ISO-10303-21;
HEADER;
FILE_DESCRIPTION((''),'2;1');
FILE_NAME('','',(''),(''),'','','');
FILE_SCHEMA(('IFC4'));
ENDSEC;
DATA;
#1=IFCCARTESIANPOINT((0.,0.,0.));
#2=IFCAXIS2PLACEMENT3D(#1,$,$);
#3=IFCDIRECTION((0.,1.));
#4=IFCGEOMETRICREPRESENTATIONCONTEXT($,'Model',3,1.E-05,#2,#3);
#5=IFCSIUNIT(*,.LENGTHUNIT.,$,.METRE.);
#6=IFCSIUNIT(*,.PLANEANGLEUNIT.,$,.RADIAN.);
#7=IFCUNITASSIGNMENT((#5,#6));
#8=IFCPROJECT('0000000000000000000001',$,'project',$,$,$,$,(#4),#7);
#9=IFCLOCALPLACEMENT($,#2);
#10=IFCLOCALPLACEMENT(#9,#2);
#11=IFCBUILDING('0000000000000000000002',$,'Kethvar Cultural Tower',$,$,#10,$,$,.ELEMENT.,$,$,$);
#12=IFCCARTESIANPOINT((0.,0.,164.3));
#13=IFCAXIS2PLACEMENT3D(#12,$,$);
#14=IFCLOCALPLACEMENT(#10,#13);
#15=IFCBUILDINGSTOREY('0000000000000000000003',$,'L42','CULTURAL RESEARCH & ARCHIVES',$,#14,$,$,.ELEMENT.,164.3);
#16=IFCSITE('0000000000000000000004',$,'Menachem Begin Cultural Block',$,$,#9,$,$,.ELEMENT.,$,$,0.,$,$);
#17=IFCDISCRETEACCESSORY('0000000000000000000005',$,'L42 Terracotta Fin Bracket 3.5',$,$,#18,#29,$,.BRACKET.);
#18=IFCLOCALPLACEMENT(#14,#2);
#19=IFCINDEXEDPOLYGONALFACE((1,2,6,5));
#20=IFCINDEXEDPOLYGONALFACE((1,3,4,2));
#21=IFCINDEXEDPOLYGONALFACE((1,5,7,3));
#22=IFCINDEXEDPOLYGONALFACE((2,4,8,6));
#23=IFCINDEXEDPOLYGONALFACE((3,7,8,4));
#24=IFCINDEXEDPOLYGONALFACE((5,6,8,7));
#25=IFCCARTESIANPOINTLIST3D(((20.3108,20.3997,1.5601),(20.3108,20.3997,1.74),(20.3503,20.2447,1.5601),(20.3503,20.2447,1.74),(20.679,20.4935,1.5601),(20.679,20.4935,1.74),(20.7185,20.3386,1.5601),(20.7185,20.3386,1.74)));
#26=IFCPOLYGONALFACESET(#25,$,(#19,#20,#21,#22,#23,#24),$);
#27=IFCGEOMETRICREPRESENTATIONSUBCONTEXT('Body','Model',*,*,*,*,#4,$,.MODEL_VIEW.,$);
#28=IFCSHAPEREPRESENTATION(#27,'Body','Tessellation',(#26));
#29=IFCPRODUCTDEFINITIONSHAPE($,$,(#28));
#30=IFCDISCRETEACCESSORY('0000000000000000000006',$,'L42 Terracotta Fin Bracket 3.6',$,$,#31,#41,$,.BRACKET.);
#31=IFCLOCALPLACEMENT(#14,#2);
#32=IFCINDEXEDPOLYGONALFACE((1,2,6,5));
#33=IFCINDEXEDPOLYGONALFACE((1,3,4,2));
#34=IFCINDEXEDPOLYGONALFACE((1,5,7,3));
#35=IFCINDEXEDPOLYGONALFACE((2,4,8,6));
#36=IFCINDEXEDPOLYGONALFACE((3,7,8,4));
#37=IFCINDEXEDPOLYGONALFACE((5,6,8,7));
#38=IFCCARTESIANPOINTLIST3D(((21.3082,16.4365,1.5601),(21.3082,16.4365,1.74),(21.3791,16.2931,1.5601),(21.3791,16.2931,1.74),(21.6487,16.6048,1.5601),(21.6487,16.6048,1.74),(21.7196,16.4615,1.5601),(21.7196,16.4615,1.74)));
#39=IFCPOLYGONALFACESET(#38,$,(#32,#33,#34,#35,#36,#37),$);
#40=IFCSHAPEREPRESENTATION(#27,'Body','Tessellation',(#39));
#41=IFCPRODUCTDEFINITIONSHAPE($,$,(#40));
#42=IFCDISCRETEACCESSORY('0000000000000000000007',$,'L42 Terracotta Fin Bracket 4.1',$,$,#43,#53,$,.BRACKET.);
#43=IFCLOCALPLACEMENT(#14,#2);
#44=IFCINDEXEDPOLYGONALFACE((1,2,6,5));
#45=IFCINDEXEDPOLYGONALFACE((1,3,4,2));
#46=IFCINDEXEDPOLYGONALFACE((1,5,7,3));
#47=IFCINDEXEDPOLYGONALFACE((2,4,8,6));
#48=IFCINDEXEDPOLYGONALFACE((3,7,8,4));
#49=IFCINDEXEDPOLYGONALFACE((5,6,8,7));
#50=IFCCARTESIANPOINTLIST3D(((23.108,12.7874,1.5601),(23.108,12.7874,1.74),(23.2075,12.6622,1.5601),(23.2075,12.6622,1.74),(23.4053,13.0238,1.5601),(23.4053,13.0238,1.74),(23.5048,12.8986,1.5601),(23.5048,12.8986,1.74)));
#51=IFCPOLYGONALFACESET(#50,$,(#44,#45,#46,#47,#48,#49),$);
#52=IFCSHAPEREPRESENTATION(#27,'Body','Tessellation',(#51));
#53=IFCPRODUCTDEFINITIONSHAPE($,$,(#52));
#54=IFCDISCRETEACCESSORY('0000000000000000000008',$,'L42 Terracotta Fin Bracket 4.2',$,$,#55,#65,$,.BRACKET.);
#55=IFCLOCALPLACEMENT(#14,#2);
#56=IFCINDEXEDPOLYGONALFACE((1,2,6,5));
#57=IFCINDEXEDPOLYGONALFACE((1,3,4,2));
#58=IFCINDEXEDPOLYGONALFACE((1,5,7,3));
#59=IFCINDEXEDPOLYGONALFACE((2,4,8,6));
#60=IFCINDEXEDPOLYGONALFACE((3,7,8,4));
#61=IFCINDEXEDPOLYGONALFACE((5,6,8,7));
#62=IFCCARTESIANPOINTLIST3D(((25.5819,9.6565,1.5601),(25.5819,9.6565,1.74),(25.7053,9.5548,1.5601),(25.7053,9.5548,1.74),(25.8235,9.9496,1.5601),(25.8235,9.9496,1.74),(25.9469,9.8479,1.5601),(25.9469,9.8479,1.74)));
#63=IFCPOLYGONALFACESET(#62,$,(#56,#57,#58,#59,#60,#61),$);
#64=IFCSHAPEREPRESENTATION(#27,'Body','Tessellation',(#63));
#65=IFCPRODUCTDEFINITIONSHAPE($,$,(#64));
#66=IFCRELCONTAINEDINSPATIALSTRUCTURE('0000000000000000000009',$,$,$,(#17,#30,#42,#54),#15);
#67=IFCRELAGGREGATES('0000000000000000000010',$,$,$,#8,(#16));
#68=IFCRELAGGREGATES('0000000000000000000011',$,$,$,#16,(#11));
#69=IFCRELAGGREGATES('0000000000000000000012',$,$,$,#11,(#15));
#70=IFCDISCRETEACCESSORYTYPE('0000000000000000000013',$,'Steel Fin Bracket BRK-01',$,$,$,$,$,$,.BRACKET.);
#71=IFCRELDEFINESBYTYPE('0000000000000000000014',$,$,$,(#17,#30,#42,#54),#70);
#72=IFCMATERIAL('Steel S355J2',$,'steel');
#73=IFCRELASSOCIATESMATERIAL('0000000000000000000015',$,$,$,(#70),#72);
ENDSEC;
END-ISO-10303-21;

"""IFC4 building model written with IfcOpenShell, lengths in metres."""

from ifc_helpers import new_model, si_unit, direction, frame, origin, origin_2d, place, context, subcontext, project, spatial, rectangle, extrude, source, transform, mapped, material, type_object, element, save


model = new_model("IFC4")

# Units and contexts
model_context = context("Model", 3, precision=1e-05, world=origin(), true_north=direction((0.0, 1.0)))
body_context = subcontext(model_context, "Body", "Model", "MODEL_VIEW")
ifc_project = project(units=[si_unit("LENGTHUNIT", "METRE"), si_unit("PLANEANGLEUNIT", "RADIAN")], contexts=[model_context])

# Site, building, storey
site_placement = place(None, origin())
site = spatial("IfcSite", under=ifc_project, at=site_placement, Name="Menachem Begin Cultural Block", CompositionType="ELEMENT", RefElevation=0.0)
building_placement = place(site_placement, origin())
building = spatial("IfcBuilding", under=site, at=building_placement, Name="Kethvar Cultural Tower", CompositionType="ELEMENT")
storey_placement = place(building_placement, frame((0.0, 0.0, 164.3)))
storey = spatial("IfcBuildingStorey", under=building, at=storey_placement, Name="L42", Description="CULTURAL RESEARCH & ARCHIVES", CompositionType="ELEMENT", Elevation=164.3)

# Shared definitions
ifc_material_1 = material(Name="Steel S355J2", Category="steel")

# Discrete accessories
discrete_accessory_type = type_object("IfcDiscreteAccessoryType", Name="Steel Fin Bracket BRK-01", PredefinedType="BRACKET", material=ifc_material_1)
shared_shape_1 = source(origin(), body_context, "Body", "SweptSolid", [
    extrude(rectangle(XDim=0.3799, YDim=0.1599, at=origin_2d()), origin(), (0.0, 0.0, 1.0), 0.1799),
])
for number, where, z_axis, x_axis, name in (
    (1, (20.5146, 20.3691, 1.5601), (0.0, 0.0, 1.0), (-0.969016, -0.246999, 0.0), "L42 Terracotta Fin Bracket 3.5"),
    (2, (21.5139, 16.449, 1.5601), (0.0, 0.0, 1.0), (-0.896409, -0.443228, 0.0), "L42 Terracotta Fin Bracket 3.6"),
    (3, (23.3064, 12.843, 1.5601), (0.0, 0.0, 1.0), (-0.782717, -0.622378, 0.0), "L42 Terracotta Fin Bracket 4.1"),
    (4, (25.7644, 9.7522, 1.5601), (0.0, 0.0, 1.0), (-0.636078, -0.771625, 0.0), "L42 Terracotta Fin Bracket 4.2"),
):
    element("IfcDiscreteAccessory", number, at=place(storey_placement, frame(where, z_axis=z_axis, x_axis=x_axis)), inside=storey, type_object=discrete_accessory_type, Name=name, PredefinedType="BRACKET", context=body_context, shape_type="MappedRepresentation", body=[
        mapped(shared_shape_1, transform((0.0, 0.0, 0.0), scale=1.0)),
    ])

save(model, "model.ifc")
